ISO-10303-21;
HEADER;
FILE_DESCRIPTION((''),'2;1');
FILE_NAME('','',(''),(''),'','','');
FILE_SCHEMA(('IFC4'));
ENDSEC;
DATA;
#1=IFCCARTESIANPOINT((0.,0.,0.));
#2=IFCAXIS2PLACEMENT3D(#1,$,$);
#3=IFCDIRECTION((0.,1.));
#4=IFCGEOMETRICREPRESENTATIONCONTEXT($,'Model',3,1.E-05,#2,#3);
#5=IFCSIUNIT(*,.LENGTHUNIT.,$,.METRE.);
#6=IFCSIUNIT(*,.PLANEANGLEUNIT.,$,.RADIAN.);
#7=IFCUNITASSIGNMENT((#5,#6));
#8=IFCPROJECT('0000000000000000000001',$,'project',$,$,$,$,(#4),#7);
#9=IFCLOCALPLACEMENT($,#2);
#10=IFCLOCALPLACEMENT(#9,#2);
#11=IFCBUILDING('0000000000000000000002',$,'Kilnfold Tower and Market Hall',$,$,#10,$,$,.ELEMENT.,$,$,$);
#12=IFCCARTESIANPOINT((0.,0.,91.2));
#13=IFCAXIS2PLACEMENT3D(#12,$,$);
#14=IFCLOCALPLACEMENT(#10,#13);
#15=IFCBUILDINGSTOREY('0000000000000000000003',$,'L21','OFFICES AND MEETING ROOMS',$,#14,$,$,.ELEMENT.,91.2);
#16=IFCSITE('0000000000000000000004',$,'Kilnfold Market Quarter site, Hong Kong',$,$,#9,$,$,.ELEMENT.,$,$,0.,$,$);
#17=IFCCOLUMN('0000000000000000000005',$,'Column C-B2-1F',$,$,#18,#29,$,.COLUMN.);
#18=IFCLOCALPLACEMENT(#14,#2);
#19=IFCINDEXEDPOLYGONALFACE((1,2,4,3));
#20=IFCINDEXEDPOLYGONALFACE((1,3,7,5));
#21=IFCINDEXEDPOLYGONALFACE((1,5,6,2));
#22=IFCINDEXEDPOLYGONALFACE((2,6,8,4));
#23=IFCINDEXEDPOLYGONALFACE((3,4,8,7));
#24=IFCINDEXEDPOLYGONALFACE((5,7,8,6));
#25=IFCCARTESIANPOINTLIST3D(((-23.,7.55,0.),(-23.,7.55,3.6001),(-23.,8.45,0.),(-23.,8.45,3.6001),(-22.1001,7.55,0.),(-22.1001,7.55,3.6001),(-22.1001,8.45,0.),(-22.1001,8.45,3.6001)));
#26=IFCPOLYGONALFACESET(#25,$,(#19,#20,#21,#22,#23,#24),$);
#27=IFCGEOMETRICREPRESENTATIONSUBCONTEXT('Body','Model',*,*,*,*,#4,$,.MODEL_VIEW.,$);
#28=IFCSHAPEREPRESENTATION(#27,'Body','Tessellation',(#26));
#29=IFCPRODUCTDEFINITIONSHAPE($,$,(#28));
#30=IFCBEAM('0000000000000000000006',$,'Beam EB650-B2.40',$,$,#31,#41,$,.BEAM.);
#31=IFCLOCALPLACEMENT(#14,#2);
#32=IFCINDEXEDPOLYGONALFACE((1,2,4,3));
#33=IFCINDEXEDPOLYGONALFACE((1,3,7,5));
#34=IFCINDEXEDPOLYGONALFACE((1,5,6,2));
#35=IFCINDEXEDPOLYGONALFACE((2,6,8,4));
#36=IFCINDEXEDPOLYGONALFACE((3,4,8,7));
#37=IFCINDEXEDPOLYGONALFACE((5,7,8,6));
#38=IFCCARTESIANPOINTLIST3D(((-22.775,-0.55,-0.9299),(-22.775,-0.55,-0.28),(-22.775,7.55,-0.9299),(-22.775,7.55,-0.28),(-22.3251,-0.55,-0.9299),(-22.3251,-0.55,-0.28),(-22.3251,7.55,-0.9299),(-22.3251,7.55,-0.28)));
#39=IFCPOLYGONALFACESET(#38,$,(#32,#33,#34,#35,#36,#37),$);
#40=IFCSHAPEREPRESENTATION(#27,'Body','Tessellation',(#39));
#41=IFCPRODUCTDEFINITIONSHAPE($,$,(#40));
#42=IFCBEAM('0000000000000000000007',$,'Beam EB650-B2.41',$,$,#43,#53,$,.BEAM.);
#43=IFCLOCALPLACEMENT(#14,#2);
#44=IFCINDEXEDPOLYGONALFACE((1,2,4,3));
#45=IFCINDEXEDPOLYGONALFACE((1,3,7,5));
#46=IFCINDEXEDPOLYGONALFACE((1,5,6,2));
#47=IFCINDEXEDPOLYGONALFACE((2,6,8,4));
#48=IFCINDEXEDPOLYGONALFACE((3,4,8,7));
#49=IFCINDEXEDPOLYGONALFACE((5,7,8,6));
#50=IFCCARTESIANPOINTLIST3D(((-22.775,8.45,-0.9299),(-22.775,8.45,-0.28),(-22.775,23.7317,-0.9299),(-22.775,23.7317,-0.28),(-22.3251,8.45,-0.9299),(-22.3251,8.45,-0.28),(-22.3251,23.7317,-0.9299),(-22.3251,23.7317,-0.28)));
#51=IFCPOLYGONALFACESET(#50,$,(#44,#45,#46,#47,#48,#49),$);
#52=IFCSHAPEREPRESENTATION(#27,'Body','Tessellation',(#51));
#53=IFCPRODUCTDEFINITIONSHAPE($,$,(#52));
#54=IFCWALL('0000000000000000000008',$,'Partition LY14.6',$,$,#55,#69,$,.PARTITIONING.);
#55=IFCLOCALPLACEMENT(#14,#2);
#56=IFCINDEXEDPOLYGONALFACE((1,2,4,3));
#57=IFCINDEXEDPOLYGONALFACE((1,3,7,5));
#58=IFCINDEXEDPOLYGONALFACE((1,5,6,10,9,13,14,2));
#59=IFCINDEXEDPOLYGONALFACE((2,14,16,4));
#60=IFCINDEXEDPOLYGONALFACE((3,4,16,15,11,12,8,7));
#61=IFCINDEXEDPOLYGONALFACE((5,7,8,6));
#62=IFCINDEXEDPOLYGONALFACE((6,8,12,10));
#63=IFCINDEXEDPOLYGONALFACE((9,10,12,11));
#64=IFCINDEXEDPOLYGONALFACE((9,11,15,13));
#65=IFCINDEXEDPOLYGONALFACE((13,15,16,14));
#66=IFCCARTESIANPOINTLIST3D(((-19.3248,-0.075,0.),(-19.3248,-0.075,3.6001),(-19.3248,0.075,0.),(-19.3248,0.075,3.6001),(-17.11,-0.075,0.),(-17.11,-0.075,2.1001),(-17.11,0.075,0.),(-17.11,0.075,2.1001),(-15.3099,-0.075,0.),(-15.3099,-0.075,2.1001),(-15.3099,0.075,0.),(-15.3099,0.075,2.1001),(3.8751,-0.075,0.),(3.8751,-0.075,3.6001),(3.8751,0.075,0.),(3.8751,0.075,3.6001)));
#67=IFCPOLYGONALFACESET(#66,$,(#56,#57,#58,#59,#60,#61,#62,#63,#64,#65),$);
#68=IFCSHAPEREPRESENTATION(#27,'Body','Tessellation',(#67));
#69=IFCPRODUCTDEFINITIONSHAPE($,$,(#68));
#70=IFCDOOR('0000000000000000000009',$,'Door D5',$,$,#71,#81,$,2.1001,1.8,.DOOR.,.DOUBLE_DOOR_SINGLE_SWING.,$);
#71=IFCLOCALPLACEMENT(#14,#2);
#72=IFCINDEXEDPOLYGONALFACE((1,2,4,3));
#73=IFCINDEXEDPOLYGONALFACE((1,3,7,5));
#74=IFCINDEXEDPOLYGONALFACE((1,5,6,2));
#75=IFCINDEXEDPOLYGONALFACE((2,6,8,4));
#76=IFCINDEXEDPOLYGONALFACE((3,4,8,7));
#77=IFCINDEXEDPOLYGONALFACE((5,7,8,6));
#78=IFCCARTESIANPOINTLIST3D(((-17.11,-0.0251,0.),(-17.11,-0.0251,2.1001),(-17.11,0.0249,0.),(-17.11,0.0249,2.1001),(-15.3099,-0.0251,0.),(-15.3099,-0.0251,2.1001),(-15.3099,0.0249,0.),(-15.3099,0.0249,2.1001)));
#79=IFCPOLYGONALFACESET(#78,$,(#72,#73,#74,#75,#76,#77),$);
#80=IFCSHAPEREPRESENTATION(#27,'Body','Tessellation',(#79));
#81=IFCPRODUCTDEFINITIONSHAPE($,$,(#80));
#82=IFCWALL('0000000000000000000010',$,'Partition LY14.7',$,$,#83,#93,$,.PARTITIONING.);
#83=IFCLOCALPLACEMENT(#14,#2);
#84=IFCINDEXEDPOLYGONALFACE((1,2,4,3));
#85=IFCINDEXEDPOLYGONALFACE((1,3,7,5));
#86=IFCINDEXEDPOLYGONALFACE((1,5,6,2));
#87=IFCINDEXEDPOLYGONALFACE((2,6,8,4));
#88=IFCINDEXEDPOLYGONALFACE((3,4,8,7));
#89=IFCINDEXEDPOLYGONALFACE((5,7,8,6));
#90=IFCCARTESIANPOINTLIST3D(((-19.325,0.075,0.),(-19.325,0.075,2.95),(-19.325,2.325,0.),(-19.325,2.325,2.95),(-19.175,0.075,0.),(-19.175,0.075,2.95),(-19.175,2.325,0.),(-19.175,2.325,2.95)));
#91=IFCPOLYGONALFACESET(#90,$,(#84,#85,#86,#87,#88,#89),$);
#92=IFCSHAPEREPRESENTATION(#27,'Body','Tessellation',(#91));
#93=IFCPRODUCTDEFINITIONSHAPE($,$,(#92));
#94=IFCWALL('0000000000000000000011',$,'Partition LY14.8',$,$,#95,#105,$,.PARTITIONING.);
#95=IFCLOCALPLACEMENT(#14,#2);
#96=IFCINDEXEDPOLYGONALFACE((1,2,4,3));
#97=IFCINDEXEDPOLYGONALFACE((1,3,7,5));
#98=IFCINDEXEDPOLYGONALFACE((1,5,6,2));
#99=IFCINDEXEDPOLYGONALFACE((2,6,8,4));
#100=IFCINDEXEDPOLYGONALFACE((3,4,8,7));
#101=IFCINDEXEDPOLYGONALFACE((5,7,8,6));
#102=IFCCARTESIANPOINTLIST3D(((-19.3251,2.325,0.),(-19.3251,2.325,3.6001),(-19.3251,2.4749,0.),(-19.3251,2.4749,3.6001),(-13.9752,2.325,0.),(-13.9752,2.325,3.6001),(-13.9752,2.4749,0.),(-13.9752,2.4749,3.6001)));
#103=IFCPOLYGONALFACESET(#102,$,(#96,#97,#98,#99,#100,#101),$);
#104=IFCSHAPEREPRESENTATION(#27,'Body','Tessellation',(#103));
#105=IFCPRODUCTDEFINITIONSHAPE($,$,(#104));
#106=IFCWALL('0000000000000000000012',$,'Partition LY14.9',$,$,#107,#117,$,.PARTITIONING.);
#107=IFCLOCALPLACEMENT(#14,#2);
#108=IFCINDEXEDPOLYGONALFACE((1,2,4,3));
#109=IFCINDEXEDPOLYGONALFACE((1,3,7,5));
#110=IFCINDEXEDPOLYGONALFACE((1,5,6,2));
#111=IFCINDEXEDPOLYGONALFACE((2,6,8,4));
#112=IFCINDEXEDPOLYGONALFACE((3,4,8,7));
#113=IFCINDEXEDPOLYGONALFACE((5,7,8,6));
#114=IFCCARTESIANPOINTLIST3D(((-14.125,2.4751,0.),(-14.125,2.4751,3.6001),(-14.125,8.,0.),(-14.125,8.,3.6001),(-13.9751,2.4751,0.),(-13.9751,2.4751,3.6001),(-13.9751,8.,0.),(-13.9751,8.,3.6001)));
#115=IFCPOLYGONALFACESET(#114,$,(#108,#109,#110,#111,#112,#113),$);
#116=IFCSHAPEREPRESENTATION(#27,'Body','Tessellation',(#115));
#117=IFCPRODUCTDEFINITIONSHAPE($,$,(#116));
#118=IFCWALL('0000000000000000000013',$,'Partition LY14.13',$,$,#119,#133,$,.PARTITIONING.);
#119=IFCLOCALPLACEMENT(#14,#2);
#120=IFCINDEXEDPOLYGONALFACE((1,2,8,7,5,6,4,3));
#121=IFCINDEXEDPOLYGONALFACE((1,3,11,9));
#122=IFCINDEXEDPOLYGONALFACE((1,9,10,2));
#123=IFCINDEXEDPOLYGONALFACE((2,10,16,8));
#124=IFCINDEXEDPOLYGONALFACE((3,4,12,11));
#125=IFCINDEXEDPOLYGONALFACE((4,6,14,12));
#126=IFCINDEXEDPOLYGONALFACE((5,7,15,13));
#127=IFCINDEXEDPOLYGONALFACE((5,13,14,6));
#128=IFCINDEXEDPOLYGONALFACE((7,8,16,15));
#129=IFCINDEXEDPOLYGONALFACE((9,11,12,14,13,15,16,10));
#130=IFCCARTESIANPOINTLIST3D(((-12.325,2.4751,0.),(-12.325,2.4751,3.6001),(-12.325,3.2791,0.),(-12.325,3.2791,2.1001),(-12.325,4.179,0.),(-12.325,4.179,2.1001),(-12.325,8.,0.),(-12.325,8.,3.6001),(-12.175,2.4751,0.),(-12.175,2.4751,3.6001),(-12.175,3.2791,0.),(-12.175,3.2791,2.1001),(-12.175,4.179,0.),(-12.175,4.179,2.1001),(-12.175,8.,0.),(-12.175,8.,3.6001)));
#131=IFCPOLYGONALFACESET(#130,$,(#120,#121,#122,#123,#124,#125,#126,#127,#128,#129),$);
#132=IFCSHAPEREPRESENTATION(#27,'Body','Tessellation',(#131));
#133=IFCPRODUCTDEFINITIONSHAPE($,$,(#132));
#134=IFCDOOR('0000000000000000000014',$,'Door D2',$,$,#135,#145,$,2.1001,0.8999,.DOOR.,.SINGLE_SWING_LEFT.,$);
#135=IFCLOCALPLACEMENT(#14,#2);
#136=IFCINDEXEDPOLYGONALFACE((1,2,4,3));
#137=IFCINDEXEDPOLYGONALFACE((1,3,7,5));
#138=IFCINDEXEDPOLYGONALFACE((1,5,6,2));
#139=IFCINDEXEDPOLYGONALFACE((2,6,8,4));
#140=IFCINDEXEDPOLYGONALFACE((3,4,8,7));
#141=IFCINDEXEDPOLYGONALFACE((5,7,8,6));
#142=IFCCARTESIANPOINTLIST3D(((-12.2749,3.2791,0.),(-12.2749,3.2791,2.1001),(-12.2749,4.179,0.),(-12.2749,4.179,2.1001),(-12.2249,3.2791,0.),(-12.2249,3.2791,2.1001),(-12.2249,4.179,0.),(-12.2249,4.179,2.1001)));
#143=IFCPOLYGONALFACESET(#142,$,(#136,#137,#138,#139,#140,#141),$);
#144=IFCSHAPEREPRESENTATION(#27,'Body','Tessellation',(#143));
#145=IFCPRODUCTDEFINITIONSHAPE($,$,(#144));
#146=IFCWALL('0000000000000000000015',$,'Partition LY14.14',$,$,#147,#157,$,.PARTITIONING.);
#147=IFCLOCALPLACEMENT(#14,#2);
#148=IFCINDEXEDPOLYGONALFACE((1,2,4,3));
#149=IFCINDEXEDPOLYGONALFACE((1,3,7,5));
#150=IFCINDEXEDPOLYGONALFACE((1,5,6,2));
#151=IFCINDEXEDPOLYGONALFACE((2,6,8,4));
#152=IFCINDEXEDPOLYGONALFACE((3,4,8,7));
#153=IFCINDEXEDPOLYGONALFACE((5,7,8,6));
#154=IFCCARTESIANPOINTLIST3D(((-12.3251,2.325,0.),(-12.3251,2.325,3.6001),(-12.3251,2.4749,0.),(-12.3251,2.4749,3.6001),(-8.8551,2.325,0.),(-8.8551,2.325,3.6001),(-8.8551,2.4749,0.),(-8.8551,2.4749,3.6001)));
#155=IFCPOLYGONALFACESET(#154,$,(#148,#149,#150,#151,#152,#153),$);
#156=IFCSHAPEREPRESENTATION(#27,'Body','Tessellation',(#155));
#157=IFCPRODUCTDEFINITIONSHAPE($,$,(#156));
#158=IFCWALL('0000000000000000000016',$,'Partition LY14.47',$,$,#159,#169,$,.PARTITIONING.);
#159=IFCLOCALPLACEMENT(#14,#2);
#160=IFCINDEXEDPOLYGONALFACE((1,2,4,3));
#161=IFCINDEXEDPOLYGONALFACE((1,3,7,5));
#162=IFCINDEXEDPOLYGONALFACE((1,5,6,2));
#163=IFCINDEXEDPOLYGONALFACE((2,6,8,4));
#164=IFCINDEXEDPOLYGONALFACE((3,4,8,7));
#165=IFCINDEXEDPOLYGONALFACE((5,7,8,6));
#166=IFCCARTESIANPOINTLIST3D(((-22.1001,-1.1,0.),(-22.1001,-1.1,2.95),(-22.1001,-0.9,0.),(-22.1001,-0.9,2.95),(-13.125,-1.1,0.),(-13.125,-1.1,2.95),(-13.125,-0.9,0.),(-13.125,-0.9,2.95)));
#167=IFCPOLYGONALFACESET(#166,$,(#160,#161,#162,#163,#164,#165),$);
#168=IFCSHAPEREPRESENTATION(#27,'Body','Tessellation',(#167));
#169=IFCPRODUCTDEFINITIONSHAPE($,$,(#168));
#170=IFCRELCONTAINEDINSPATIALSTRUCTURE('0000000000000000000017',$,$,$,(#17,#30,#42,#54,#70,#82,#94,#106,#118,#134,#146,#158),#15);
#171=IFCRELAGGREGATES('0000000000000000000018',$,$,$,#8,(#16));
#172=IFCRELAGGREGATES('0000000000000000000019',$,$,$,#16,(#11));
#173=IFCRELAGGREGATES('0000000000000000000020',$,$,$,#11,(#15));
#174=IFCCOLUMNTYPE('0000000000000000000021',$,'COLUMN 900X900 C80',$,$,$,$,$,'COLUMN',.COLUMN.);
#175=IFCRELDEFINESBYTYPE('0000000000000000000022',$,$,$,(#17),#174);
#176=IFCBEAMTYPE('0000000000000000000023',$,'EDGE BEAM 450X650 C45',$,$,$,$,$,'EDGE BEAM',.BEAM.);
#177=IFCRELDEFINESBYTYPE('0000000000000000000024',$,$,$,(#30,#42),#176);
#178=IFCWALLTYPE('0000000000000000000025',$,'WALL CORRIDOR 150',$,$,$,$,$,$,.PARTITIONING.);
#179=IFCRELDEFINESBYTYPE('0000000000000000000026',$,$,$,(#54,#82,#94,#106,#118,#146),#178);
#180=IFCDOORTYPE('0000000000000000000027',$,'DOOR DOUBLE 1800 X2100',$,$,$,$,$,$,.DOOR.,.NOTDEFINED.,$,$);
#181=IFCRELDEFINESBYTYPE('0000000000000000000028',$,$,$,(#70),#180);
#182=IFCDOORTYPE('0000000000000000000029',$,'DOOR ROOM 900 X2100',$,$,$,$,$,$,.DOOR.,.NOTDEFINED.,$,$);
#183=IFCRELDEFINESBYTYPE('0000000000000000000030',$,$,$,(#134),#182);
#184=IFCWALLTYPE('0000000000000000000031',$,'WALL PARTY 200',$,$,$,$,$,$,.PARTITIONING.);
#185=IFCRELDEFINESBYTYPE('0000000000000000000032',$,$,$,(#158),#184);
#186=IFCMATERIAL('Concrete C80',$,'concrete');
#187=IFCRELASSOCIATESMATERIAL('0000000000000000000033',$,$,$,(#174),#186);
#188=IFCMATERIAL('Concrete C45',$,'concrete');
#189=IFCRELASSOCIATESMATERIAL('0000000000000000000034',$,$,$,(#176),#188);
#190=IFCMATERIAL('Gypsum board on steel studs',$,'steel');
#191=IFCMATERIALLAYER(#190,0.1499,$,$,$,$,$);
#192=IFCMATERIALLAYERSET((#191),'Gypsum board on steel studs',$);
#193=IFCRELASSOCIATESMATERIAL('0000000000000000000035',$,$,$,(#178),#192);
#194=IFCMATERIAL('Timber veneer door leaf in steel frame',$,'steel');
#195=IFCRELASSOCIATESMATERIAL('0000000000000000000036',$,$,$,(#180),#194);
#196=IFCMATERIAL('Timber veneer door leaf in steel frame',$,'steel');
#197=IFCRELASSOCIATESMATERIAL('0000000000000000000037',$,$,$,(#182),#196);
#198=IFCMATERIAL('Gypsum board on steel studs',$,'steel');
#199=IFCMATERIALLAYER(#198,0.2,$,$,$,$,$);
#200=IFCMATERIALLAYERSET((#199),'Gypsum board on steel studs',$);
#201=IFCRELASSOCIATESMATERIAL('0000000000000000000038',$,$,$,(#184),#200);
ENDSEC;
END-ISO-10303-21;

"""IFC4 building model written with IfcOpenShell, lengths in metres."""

from ifc_helpers import new_model, si_unit, direction, frame, frame_2d, origin, origin_2d, place, context, subcontext, project, spatial, rectangle, extrude, source, transform, mapped, material, layer, layer_set, material_profile, profile_set, type_object, element, fill, save


model = new_model("IFC4")

# Units and contexts
model_context = context("Model", 3, precision=1e-05, world=origin(), true_north=direction((0.0, 1.0)))
body_context = subcontext(model_context, "Body", "Model", "MODEL_VIEW")
ifc_project = project(units=[si_unit("LENGTHUNIT", "METRE"), si_unit("PLANEANGLEUNIT", "RADIAN")], contexts=[model_context])

# Site, building, storey
site_placement = place(None, origin())
site = spatial("IfcSite", under=ifc_project, at=site_placement, Name="Kilnfold Market Quarter site, Hong Kong", CompositionType="ELEMENT", RefElevation=0.0)
building_placement = place(site_placement, origin())
building = spatial("IfcBuilding", under=site, at=building_placement, Name="Kilnfold Tower and Market Hall", CompositionType="ELEMENT")
storey_placement = place(building_placement, frame((0.0, 0.0, 91.2)))
storey = spatial("IfcBuildingStorey", under=building, at=storey_placement, Name="L21", Description="OFFICES AND MEETING ROOMS", CompositionType="ELEMENT", Elevation=91.2)

# Column
ifc_material_1 = material(Name="Concrete C80", Category="concrete")
ifc_material_profile_1 = material_profile(ifc_material_1, rectangle(XDim=0.8999, YDim=0.8999, at=origin_2d()), Name="RC 900x900")
ifc_profile_set_1 = profile_set([ifc_material_profile_1], Name="Concrete C80")
column_type = type_object("IfcColumnType", Name="COLUMN 900X900 C80", ElementType="COLUMN", PredefinedType="COLUMN", material=ifc_profile_set_1)
shared_shape_1 = source(origin(), body_context, "Body", "SweptSolid", [
    extrude(rectangle(XDim=0.8999, YDim=0.8999, at=origin_2d()), origin(), (0.0, 0.0, 1.0), 3.6001),
])
column_placement = place(storey_placement, frame((-22.55, 8.0, 0.0), z_axis=(0.0, 0.0, 1.0), x_axis=(1.0, 0.0, 0.0)))
element("IfcColumn", 1, at=column_placement, inside=storey, type_object=column_type, Name="Column C-B2-1F", PredefinedType="COLUMN", context=body_context, shape_type="MappedRepresentation", body=[
    mapped(shared_shape_1, transform((0.0, 0.0, 0.0))),
])

# Beams
ifc_material_2 = material(Name="Concrete C45", Category="concrete")
ifc_material_profile_2 = material_profile(ifc_material_2, rectangle(XDim=0.45, YDim=0.6499, at=origin_2d()), Name="RC 450x650")
ifc_profile_set_2 = profile_set([ifc_material_profile_2], Name="Concrete C45")
beam_type = type_object("IfcBeamType", Name="EDGE BEAM 450X650 C45", ElementType="EDGE BEAM", PredefinedType="BEAM", material=ifc_profile_set_2)
shared_shape_2 = source(origin(), body_context, "Body", "SweptSolid", [
    extrude(rectangle(XDim=0.45, YDim=0.6499, at=origin_2d()), origin(), (0.0, 0.0, 1.0), 8.1001),
])
beam_1_placement = place(storey_placement, frame((-22.55, -0.55, -0.605), z_axis=(0.0, 1.0, 0.0), x_axis=(-1.0, 0.0, 0.0)))
element("IfcBeam", 2, at=beam_1_placement, inside=storey, type_object=beam_type, Name="Beam EB650-B2.40", PredefinedType="BEAM", context=body_context, shape_type="MappedRepresentation", body=[
    mapped(shared_shape_2, transform((0.0, 0.0, 0.0))),
])
shared_shape_3 = source(origin(), body_context, "Body", "SweptSolid", [
    extrude(rectangle(XDim=0.45, YDim=0.6499, at=origin_2d()), origin(), (0.0, 0.0, 1.0), 15.2817),
])
beam_2_placement = place(storey_placement, frame((-22.55, 8.45, -0.605), z_axis=(0.0, 1.0, 0.0), x_axis=(-1.0, 0.0, 0.0)))
element("IfcBeam", 3, at=beam_2_placement, inside=storey, type_object=beam_type, Name="Beam EB650-B2.41", PredefinedType="BEAM", context=body_context, shape_type="MappedRepresentation", body=[
    mapped(shared_shape_3, transform((0.0, 0.0, 0.0))),
])

# Wall, opening, door
ifc_material_3 = material(Name="Gypsum board on steel studs", Category="steel")
ifc_layer_1 = layer(ifc_material_3, 0.1499)
ifc_layer_set_1 = layer_set([ifc_layer_1], Name="Gypsum board on steel studs")
wall_type_1 = type_object("IfcWallType", Name="WALL CORRIDOR 150", PredefinedType="PARTITIONING", material=ifc_layer_set_1)
wall_1_placement = place(storey_placement, frame((-19.325, 0.0, 0.0), z_axis=(0.0, 0.0, 1.0), x_axis=(1.0, 0.0, 0.0)))
wall_1 = element("IfcWall", 4, at=wall_1_placement, inside=storey, type_object=wall_type_1, Name="Partition LY14.6", PredefinedType="PARTITIONING", context=body_context, shape_type="SweptSolid", body=[
    extrude(rectangle(XDim=23.2, YDim=0.1499, at=frame_2d((11.6001, 0.0))), origin(), (0.0, 0.0, 1.0), 3.6001),
])
opening_1_placement = place(wall_1_placement, frame((2.2151, 0.0, 0.0)))
opening_1 = element("IfcOpeningElement", 5, at=opening_1_placement, cuts=wall_1, PredefinedType="OPENING", context=body_context, shape_type="SweptSolid", body=[
    extrude(rectangle(XDim=1.8, YDim=2.1001, at=frame_2d((0.8999, 1.05))), frame((0.0, 0.085, 0.0), z_axis=(0.0, -1.0, 0.0), x_axis=(1.0, 0.0, 0.0)), (0.0, 0.0, 1.0), 0.1699),
])
ifc_material_4 = material(Name="Timber veneer door leaf in steel frame", Category="steel")
door_type_1 = type_object("IfcDoorType", Name="DOOR DOUBLE 1800 X2100", OperationType="NOTDEFINED", PredefinedType="DOOR", material=ifc_material_4)
door_1_placement = place(opening_1_placement, origin())
door_1 = element("IfcDoor", 6, at=door_1_placement, inside=storey, type_object=door_type_1, Name="Door D5", OperationType="DOUBLE_DOOR_SINGLE_SWING", OverallHeight=2.1001, OverallWidth=1.8, PredefinedType="DOOR", context=body_context, shape_type="SweptSolid", body=[
    extrude(rectangle(XDim=1.8, YDim=2.1001, at=frame_2d((0.8999, 1.05))), frame((0.0, 0.0249, 0.0), z_axis=(0.0, -1.0, 0.0), x_axis=(1.0, 0.0, 0.0)), (0.0, 0.0, 1.0), 0.05),
])
fill(opening_1, door_1)

# Walls
wall_2_placement = place(storey_placement, frame((-19.25, 2.325, 0.0), z_axis=(0.0, 0.0, 1.0), x_axis=(0.0, -1.0, 0.0)))
element("IfcWall", 7, at=wall_2_placement, inside=storey, type_object=wall_type_1, Name="Partition LY14.7", PredefinedType="PARTITIONING", context=body_context, shape_type="SweptSolid", body=[
    extrude(rectangle(XDim=2.25, YDim=0.1499, at=frame_2d((1.125, 0.0))), origin(), (0.0, 0.0, 1.0), 2.95),
])
wall_3_placement = place(storey_placement, frame((-19.325, 2.3999, 0.0), z_axis=(0.0, 0.0, 1.0), x_axis=(1.0, 0.0, 0.0)))
element("IfcWall", 8, at=wall_3_placement, inside=storey, type_object=wall_type_1, Name="Partition LY14.8", PredefinedType="PARTITIONING", context=body_context, shape_type="SweptSolid", body=[
    extrude(rectangle(XDim=5.3499, YDim=0.1499, at=frame_2d((2.6748, 0.0))), origin(), (0.0, 0.0, 1.0), 3.6001),
])
wall_4_placement = place(storey_placement, frame((-14.05, 8.0, 0.0), z_axis=(0.0, 0.0, 1.0), x_axis=(0.0, -1.0, 0.0)))
element("IfcWall", 9, at=wall_4_placement, inside=storey, type_object=wall_type_1, Name="Partition LY14.9", PredefinedType="PARTITIONING", context=body_context, shape_type="SweptSolid", body=[
    extrude(rectangle(XDim=5.5249, YDim=0.1499, at=frame_2d((2.7625, 0.0))), origin(), (0.0, 0.0, 1.0), 3.6001),
])

# Wall, opening, door
wall_5_placement = place(storey_placement, frame((-12.25, 2.4751, 0.0), z_axis=(0.0, 0.0, 1.0), x_axis=(0.0, 1.0, 0.0)))
wall_5 = element("IfcWall", 10, at=wall_5_placement, inside=storey, type_object=wall_type_1, Name="Partition LY14.13", PredefinedType="PARTITIONING", context=body_context, shape_type="SweptSolid", body=[
    extrude(rectangle(XDim=5.5249, YDim=0.1499, at=frame_2d((2.7625, 0.0))), origin(), (0.0, 0.0, 1.0), 3.6001),
])
opening_2_placement = place(wall_5_placement, frame((0.804, 0.0, 0.0)))
opening_2 = element("IfcOpeningElement", 11, at=opening_2_placement, cuts=wall_5, PredefinedType="OPENING", context=body_context, shape_type="SweptSolid", body=[
    extrude(rectangle(XDim=0.8999, YDim=2.1001, at=frame_2d((0.45, 1.05))), frame((0.0, 0.085, 0.0), z_axis=(0.0, -1.0, 0.0), x_axis=(1.0, 0.0, 0.0)), (0.0, 0.0, 1.0), 0.1699),
])
ifc_material_5 = material(Name="Timber veneer door leaf in steel frame", Category="steel")
door_type_2 = type_object("IfcDoorType", Name="DOOR ROOM 900 X2100", OperationType="NOTDEFINED", PredefinedType="DOOR", material=ifc_material_5)
door_2_placement = place(opening_2_placement, origin())
door_2 = element("IfcDoor", 12, at=door_2_placement, inside=storey, type_object=door_type_2, Name="Door D2", OperationType="SINGLE_SWING_LEFT", OverallHeight=2.1001, OverallWidth=0.8999, PredefinedType="DOOR", context=body_context, shape_type="SweptSolid", body=[
    extrude(rectangle(XDim=0.8999, YDim=2.1001, at=frame_2d((0.45, 1.05))), frame((0.0, 0.0249, 0.0), z_axis=(0.0, -1.0, 0.0), x_axis=(1.0, 0.0, 0.0)), (0.0, 0.0, 1.0), 0.05),
])
fill(opening_2, door_2)

# Walls
wall_6_placement = place(storey_placement, frame((-12.325, 2.3999, 0.0), z_axis=(0.0, 0.0, 1.0), x_axis=(1.0, 0.0, 0.0)))
element("IfcWall", 13, at=wall_6_placement, inside=storey, type_object=wall_type_1, Name="Partition LY14.14", PredefinedType="PARTITIONING", context=body_context, shape_type="SweptSolid", body=[
    extrude(rectangle(XDim=3.47, YDim=0.1499, at=frame_2d((1.7349, 0.0))), origin(), (0.0, 0.0, 1.0), 3.6001),
])
ifc_material_6 = material(Name="Gypsum board on steel studs", Category="steel")
ifc_layer_2 = layer(ifc_material_6, 0.2)
ifc_layer_set_2 = layer_set([ifc_layer_2], Name="Gypsum board on steel studs")
wall_type_2 = type_object("IfcWallType", Name="WALL PARTY 200", PredefinedType="PARTITIONING", material=ifc_layer_set_2)
wall_7_placement = place(storey_placement, frame((-22.1001, -1.0, 0.0), z_axis=(0.0, 0.0, 1.0), x_axis=(1.0, 0.0, 0.0)))
element("IfcWall", 14, at=wall_7_placement, inside=storey, type_object=wall_type_2, Name="Partition LY14.47", PredefinedType="PARTITIONING", context=body_context, shape_type="SweptSolid", body=[
    extrude(rectangle(XDim=8.9751, YDim=0.2, at=frame_2d((4.4875, 0.0))), origin(), (0.0, 0.0, 1.0), 2.95),
])

save(model, "model.ifc")
